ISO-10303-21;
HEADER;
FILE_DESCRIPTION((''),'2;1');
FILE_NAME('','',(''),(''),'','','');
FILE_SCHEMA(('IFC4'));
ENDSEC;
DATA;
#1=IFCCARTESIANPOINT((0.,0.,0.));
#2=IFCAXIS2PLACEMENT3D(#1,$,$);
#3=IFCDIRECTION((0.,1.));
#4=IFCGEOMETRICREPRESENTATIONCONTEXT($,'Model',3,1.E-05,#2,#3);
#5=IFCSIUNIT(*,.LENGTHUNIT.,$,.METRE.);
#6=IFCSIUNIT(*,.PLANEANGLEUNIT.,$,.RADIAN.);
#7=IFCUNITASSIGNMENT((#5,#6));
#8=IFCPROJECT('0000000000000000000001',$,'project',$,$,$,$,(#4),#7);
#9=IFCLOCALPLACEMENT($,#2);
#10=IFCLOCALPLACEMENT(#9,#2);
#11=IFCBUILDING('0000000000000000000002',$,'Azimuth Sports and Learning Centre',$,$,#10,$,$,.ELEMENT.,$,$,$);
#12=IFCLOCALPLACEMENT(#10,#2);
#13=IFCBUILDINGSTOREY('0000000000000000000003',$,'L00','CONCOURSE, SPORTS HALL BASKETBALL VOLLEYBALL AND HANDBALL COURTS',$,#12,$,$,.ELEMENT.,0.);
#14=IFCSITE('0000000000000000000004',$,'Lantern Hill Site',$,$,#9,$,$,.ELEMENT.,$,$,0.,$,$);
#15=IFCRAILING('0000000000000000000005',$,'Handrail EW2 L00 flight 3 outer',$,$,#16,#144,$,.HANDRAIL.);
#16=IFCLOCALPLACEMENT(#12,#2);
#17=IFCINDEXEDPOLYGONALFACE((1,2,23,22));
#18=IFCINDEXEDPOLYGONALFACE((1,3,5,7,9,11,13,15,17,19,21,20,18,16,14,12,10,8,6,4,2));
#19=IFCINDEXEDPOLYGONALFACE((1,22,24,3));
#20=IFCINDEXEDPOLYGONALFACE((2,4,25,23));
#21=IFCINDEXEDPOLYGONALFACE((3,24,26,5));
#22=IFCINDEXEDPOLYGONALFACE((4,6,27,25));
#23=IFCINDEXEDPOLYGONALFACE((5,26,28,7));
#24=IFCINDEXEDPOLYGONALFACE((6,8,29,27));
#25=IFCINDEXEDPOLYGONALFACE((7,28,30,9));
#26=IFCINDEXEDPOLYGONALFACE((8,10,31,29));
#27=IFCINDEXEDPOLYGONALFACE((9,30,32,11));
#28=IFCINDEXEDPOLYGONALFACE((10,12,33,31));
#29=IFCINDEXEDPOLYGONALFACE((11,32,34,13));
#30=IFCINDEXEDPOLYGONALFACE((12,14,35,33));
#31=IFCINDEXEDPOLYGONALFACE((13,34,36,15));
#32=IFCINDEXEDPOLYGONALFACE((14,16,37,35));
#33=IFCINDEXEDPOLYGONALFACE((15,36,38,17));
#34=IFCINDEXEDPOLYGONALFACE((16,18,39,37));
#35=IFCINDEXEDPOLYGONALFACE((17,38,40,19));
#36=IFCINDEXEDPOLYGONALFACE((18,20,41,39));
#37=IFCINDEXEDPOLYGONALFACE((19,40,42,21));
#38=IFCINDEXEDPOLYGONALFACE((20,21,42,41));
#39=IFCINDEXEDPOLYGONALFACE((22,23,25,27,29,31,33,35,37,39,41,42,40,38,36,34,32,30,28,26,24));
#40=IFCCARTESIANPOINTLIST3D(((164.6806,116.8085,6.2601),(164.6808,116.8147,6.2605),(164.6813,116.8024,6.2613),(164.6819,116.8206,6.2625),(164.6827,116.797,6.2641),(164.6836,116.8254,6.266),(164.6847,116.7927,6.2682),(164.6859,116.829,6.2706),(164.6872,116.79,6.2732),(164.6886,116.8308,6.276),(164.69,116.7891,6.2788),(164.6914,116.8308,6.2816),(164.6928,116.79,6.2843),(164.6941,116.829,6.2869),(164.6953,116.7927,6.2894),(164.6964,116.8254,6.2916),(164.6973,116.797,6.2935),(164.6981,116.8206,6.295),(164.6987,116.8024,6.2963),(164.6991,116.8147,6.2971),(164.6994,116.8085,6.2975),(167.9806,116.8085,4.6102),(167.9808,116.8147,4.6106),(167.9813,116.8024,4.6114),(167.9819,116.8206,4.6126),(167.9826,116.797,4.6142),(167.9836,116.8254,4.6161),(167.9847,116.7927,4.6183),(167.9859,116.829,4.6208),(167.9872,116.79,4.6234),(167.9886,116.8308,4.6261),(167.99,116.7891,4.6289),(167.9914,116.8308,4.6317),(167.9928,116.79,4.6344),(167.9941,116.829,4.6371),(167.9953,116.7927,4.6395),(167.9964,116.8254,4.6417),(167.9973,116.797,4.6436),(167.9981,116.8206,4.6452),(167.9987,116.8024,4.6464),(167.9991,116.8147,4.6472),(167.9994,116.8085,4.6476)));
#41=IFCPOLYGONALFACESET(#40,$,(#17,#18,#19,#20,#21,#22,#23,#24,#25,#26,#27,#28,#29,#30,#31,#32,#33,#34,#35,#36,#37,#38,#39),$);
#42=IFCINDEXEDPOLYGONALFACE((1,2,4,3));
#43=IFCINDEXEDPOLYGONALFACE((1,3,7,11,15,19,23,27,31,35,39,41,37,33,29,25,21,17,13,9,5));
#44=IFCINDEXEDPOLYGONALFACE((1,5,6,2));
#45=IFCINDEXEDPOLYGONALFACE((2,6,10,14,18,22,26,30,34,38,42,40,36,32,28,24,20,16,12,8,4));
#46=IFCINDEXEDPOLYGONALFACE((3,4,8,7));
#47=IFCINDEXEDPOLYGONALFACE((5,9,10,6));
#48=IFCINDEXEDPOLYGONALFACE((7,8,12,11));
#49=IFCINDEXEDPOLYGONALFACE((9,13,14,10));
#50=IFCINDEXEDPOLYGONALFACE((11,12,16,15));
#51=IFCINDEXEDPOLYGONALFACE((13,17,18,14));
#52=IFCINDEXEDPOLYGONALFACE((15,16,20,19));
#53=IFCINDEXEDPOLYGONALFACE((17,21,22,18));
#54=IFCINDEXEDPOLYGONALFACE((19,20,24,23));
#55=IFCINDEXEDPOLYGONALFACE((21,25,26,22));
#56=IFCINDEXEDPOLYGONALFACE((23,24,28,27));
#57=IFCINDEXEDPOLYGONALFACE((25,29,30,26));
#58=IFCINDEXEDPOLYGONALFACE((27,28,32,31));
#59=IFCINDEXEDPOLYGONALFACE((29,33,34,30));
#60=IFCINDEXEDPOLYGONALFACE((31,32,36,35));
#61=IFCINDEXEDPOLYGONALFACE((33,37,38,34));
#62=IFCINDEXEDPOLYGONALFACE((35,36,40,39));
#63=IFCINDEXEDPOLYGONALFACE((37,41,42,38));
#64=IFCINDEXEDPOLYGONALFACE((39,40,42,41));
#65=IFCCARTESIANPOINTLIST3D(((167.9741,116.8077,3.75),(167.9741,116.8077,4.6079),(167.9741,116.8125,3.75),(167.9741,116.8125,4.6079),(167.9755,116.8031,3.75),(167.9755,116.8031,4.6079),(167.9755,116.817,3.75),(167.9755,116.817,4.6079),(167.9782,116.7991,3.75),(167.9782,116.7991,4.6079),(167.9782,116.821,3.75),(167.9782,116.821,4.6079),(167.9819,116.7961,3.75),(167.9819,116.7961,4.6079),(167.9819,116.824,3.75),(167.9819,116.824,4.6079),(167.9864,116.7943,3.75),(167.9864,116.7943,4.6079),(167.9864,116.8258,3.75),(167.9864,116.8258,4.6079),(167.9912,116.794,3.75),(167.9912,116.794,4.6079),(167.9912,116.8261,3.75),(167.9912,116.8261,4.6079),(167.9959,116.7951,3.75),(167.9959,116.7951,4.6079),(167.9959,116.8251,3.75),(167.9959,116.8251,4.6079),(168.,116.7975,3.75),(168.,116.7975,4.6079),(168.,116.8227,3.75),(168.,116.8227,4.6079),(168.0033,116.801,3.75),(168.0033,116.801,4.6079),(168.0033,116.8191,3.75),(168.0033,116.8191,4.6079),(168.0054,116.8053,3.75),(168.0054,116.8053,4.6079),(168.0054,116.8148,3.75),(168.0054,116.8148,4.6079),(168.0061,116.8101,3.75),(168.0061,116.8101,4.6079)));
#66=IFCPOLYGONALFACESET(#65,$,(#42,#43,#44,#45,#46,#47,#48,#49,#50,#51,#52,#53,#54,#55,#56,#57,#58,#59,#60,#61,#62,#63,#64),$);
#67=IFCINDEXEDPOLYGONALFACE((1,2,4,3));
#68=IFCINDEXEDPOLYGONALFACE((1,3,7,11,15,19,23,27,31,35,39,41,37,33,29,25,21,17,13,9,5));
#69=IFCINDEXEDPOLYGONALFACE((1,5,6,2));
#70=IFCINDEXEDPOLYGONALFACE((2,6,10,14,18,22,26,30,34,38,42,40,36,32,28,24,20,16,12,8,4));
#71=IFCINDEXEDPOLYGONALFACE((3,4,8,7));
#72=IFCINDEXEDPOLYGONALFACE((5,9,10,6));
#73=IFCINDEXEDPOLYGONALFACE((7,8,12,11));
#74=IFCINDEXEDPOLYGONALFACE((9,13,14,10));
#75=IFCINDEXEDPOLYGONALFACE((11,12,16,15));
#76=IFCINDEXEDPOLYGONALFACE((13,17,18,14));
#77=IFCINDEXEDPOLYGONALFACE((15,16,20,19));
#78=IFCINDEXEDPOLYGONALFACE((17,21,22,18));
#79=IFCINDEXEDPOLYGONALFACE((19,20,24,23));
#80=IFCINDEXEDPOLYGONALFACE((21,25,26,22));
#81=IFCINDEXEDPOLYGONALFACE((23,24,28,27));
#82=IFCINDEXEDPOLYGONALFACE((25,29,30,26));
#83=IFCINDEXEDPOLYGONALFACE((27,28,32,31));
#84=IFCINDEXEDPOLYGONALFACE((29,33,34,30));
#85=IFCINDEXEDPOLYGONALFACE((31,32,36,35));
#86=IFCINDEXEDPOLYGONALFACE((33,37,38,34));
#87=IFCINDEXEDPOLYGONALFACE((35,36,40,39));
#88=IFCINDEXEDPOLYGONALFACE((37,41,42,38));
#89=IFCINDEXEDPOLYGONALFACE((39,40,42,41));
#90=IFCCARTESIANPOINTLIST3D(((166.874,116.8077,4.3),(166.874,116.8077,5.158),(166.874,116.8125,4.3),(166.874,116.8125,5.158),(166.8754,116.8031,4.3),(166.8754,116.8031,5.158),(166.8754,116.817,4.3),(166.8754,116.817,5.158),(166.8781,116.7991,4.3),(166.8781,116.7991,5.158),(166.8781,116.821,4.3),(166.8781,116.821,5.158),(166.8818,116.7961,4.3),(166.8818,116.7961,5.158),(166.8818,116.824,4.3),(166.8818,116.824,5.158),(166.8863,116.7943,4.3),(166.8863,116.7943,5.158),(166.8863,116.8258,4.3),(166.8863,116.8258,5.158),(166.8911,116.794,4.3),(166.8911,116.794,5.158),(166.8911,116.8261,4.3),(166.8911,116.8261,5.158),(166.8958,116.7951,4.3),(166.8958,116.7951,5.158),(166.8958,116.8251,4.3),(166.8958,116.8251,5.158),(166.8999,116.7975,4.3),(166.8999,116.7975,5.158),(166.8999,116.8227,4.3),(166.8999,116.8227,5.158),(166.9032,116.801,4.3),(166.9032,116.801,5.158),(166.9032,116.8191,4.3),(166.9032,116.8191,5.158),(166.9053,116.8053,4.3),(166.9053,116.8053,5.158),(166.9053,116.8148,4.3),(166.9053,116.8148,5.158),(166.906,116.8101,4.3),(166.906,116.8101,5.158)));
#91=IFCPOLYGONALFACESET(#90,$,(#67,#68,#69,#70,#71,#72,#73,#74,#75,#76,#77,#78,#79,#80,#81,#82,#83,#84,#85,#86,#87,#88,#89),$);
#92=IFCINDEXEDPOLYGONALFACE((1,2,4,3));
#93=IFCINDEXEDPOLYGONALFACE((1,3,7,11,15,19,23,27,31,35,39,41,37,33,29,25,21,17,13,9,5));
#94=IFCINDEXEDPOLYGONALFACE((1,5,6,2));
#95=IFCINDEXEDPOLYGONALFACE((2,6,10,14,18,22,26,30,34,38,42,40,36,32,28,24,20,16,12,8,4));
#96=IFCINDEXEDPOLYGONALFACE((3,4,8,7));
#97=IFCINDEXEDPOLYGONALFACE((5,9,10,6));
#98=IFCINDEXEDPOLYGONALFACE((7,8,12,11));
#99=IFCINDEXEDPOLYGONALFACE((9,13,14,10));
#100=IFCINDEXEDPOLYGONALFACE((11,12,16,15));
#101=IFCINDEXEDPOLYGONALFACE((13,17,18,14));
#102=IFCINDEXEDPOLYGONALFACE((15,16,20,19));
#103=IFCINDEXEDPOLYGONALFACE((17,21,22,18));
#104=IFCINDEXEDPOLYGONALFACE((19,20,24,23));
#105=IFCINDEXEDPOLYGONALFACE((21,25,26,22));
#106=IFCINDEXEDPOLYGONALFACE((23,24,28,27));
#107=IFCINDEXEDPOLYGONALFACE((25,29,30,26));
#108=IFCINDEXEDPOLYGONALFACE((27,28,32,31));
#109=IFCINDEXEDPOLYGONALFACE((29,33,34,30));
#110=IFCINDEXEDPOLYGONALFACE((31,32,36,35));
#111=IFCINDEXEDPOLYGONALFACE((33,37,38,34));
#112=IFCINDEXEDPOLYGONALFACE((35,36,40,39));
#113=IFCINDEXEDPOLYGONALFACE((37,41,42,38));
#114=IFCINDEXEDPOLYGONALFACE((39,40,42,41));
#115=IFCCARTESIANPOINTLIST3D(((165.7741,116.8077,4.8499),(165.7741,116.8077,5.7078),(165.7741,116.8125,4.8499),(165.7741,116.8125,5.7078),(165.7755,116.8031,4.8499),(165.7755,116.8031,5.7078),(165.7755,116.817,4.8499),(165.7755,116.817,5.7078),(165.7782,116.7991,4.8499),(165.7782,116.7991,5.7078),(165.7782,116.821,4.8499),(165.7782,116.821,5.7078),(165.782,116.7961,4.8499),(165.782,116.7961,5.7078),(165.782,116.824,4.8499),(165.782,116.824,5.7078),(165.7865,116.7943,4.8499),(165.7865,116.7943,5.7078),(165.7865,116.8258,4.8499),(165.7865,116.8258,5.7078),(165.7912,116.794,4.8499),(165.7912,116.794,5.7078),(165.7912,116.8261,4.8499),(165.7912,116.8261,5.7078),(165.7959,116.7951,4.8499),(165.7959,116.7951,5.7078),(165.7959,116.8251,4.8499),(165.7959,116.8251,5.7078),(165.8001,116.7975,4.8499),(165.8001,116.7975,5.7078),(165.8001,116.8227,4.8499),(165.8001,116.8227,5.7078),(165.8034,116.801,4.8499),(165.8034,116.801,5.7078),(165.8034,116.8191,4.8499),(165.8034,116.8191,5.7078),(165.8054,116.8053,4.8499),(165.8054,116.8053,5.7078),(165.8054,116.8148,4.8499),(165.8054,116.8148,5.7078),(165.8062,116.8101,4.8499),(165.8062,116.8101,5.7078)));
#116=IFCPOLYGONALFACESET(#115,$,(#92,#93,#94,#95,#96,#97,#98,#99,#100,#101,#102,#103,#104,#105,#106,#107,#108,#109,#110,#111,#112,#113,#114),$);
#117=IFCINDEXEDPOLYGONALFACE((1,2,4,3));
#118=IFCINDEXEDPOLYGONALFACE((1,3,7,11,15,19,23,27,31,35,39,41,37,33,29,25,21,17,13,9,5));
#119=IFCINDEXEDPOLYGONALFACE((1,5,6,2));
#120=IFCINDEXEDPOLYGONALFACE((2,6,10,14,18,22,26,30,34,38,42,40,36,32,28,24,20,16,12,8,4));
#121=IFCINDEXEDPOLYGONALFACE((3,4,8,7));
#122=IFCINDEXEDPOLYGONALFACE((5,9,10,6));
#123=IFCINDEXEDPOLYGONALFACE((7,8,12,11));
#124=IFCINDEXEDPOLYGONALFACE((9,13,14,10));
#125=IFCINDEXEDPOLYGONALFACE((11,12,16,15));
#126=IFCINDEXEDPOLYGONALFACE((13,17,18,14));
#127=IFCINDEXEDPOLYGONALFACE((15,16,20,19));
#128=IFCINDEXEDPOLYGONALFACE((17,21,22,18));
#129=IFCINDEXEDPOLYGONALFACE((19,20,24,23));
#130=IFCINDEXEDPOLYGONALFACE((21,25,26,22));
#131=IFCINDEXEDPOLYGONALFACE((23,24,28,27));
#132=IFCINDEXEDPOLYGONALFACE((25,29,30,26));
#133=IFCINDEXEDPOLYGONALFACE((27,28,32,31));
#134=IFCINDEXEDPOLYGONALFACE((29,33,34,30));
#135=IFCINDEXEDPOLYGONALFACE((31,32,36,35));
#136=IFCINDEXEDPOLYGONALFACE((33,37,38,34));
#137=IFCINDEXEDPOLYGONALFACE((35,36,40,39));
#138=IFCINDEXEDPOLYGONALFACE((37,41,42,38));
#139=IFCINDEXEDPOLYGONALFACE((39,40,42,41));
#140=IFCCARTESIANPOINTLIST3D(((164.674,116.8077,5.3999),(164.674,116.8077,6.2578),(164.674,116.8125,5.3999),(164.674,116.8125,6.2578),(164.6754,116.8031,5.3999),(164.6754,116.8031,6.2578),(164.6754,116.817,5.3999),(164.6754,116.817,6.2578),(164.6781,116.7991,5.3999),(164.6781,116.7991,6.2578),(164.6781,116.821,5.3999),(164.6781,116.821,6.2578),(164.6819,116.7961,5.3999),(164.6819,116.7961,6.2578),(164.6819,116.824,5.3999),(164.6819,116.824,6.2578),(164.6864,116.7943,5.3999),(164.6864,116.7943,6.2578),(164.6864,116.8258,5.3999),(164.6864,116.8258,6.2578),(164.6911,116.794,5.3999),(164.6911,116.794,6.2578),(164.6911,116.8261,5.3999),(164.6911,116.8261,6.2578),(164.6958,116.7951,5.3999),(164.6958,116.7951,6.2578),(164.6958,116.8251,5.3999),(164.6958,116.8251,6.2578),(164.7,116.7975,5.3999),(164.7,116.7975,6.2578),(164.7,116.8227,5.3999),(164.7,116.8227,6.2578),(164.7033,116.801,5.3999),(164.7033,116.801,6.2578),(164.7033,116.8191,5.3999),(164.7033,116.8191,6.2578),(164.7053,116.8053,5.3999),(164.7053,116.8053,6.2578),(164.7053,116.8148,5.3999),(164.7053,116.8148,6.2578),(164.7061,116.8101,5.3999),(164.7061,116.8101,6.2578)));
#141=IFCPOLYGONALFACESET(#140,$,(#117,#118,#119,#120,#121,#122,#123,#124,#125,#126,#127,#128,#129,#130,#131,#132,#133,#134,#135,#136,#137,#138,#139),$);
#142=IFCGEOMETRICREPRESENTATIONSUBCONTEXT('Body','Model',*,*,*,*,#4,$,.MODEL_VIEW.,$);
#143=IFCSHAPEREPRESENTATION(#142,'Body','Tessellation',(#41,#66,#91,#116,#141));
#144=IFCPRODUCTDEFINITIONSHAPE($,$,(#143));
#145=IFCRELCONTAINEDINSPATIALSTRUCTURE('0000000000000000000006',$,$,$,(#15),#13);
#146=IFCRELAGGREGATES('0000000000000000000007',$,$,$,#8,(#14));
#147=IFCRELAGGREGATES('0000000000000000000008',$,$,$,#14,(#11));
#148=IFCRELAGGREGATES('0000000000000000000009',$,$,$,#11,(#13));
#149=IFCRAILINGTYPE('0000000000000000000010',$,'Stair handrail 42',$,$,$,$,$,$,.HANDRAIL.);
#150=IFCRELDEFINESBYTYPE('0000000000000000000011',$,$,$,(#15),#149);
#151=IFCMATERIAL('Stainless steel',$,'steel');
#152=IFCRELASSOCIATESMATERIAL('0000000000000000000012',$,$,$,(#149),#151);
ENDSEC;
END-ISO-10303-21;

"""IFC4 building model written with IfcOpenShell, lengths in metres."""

from ifc_helpers import new_model, si_unit, direction, frame, origin, origin_2d, place, context, subcontext, project, spatial, circle, extrude, material, type_object, element, save


model = new_model("IFC4")

# Units and contexts
model_context = context("Model", 3, precision=1e-05, world=origin(), true_north=direction((0.0, 1.0)))
body_context = subcontext(model_context, "Body", "Model", "MODEL_VIEW")
ifc_project = project(units=[si_unit("LENGTHUNIT", "METRE"), si_unit("PLANEANGLEUNIT", "RADIAN")], contexts=[model_context])

# Site, building, storey
site_placement = place(None, origin())
site = spatial("IfcSite", under=ifc_project, at=site_placement, Name="Lantern Hill Site", CompositionType="ELEMENT", RefElevation=0.0)
building_placement = place(site_placement, origin())
building = spatial("IfcBuilding", under=site, at=building_placement, Name="Azimuth Sports and Learning Centre", CompositionType="ELEMENT")
storey_placement = place(building_placement, origin())
storey = spatial("IfcBuildingStorey", under=building, at=storey_placement, Name="L00", Description="CONCOURSE, SPORTS HALL BASKETBALL VOLLEYBALL AND HANDBALL COURTS", CompositionType="ELEMENT", Elevation=0.0)

# Railing
ifc_material_1 = material(Name="Stainless steel", Category="steel")
railing_type = type_object("IfcRailingType", Name="Stair handrail 42", PredefinedType="HANDRAIL", material=ifc_material_1)
for number, where, name in (
    (1, (167.99, 116.8101, 3.75), "Handrail EW2 L00 flight 3 outer"),
):
    element("IfcRailing", number, at=place(storey_placement, frame(where)), inside=storey, type_object=railing_type, Name=name, PredefinedType="HANDRAIL", context=body_context, shape_type="SweptSolid", body=[
        extrude(circle(Radius=0.021, at=origin_2d()), frame((0.0, 0.0, 0.8789), z_axis=(-0.89444, 0.0, 0.447187), x_axis=(0.0, -1.0, 0.0)), (0.0, 0.0, 1.0), 3.6895),
        extrude(circle(Radius=0.0161, at=origin_2d()), origin(), (0.0, 0.0, 1.0), 0.8579),
        extrude(circle(Radius=0.0161, at=origin_2d()), frame((-1.1001, 0.0, 0.55)), (0.0, 0.0, 1.0), 0.8579),
        extrude(circle(Radius=0.0161, at=origin_2d()), frame((-2.2, 0.0, 1.0999)), (0.0, 0.0, 1.0), 0.8579),
        extrude(circle(Radius=0.0161, at=origin_2d()), frame((-3.3, 0.0, 1.6499)), (0.0, 0.0, 1.0), 0.8579),
    ])

save(model, "model.ifc")
